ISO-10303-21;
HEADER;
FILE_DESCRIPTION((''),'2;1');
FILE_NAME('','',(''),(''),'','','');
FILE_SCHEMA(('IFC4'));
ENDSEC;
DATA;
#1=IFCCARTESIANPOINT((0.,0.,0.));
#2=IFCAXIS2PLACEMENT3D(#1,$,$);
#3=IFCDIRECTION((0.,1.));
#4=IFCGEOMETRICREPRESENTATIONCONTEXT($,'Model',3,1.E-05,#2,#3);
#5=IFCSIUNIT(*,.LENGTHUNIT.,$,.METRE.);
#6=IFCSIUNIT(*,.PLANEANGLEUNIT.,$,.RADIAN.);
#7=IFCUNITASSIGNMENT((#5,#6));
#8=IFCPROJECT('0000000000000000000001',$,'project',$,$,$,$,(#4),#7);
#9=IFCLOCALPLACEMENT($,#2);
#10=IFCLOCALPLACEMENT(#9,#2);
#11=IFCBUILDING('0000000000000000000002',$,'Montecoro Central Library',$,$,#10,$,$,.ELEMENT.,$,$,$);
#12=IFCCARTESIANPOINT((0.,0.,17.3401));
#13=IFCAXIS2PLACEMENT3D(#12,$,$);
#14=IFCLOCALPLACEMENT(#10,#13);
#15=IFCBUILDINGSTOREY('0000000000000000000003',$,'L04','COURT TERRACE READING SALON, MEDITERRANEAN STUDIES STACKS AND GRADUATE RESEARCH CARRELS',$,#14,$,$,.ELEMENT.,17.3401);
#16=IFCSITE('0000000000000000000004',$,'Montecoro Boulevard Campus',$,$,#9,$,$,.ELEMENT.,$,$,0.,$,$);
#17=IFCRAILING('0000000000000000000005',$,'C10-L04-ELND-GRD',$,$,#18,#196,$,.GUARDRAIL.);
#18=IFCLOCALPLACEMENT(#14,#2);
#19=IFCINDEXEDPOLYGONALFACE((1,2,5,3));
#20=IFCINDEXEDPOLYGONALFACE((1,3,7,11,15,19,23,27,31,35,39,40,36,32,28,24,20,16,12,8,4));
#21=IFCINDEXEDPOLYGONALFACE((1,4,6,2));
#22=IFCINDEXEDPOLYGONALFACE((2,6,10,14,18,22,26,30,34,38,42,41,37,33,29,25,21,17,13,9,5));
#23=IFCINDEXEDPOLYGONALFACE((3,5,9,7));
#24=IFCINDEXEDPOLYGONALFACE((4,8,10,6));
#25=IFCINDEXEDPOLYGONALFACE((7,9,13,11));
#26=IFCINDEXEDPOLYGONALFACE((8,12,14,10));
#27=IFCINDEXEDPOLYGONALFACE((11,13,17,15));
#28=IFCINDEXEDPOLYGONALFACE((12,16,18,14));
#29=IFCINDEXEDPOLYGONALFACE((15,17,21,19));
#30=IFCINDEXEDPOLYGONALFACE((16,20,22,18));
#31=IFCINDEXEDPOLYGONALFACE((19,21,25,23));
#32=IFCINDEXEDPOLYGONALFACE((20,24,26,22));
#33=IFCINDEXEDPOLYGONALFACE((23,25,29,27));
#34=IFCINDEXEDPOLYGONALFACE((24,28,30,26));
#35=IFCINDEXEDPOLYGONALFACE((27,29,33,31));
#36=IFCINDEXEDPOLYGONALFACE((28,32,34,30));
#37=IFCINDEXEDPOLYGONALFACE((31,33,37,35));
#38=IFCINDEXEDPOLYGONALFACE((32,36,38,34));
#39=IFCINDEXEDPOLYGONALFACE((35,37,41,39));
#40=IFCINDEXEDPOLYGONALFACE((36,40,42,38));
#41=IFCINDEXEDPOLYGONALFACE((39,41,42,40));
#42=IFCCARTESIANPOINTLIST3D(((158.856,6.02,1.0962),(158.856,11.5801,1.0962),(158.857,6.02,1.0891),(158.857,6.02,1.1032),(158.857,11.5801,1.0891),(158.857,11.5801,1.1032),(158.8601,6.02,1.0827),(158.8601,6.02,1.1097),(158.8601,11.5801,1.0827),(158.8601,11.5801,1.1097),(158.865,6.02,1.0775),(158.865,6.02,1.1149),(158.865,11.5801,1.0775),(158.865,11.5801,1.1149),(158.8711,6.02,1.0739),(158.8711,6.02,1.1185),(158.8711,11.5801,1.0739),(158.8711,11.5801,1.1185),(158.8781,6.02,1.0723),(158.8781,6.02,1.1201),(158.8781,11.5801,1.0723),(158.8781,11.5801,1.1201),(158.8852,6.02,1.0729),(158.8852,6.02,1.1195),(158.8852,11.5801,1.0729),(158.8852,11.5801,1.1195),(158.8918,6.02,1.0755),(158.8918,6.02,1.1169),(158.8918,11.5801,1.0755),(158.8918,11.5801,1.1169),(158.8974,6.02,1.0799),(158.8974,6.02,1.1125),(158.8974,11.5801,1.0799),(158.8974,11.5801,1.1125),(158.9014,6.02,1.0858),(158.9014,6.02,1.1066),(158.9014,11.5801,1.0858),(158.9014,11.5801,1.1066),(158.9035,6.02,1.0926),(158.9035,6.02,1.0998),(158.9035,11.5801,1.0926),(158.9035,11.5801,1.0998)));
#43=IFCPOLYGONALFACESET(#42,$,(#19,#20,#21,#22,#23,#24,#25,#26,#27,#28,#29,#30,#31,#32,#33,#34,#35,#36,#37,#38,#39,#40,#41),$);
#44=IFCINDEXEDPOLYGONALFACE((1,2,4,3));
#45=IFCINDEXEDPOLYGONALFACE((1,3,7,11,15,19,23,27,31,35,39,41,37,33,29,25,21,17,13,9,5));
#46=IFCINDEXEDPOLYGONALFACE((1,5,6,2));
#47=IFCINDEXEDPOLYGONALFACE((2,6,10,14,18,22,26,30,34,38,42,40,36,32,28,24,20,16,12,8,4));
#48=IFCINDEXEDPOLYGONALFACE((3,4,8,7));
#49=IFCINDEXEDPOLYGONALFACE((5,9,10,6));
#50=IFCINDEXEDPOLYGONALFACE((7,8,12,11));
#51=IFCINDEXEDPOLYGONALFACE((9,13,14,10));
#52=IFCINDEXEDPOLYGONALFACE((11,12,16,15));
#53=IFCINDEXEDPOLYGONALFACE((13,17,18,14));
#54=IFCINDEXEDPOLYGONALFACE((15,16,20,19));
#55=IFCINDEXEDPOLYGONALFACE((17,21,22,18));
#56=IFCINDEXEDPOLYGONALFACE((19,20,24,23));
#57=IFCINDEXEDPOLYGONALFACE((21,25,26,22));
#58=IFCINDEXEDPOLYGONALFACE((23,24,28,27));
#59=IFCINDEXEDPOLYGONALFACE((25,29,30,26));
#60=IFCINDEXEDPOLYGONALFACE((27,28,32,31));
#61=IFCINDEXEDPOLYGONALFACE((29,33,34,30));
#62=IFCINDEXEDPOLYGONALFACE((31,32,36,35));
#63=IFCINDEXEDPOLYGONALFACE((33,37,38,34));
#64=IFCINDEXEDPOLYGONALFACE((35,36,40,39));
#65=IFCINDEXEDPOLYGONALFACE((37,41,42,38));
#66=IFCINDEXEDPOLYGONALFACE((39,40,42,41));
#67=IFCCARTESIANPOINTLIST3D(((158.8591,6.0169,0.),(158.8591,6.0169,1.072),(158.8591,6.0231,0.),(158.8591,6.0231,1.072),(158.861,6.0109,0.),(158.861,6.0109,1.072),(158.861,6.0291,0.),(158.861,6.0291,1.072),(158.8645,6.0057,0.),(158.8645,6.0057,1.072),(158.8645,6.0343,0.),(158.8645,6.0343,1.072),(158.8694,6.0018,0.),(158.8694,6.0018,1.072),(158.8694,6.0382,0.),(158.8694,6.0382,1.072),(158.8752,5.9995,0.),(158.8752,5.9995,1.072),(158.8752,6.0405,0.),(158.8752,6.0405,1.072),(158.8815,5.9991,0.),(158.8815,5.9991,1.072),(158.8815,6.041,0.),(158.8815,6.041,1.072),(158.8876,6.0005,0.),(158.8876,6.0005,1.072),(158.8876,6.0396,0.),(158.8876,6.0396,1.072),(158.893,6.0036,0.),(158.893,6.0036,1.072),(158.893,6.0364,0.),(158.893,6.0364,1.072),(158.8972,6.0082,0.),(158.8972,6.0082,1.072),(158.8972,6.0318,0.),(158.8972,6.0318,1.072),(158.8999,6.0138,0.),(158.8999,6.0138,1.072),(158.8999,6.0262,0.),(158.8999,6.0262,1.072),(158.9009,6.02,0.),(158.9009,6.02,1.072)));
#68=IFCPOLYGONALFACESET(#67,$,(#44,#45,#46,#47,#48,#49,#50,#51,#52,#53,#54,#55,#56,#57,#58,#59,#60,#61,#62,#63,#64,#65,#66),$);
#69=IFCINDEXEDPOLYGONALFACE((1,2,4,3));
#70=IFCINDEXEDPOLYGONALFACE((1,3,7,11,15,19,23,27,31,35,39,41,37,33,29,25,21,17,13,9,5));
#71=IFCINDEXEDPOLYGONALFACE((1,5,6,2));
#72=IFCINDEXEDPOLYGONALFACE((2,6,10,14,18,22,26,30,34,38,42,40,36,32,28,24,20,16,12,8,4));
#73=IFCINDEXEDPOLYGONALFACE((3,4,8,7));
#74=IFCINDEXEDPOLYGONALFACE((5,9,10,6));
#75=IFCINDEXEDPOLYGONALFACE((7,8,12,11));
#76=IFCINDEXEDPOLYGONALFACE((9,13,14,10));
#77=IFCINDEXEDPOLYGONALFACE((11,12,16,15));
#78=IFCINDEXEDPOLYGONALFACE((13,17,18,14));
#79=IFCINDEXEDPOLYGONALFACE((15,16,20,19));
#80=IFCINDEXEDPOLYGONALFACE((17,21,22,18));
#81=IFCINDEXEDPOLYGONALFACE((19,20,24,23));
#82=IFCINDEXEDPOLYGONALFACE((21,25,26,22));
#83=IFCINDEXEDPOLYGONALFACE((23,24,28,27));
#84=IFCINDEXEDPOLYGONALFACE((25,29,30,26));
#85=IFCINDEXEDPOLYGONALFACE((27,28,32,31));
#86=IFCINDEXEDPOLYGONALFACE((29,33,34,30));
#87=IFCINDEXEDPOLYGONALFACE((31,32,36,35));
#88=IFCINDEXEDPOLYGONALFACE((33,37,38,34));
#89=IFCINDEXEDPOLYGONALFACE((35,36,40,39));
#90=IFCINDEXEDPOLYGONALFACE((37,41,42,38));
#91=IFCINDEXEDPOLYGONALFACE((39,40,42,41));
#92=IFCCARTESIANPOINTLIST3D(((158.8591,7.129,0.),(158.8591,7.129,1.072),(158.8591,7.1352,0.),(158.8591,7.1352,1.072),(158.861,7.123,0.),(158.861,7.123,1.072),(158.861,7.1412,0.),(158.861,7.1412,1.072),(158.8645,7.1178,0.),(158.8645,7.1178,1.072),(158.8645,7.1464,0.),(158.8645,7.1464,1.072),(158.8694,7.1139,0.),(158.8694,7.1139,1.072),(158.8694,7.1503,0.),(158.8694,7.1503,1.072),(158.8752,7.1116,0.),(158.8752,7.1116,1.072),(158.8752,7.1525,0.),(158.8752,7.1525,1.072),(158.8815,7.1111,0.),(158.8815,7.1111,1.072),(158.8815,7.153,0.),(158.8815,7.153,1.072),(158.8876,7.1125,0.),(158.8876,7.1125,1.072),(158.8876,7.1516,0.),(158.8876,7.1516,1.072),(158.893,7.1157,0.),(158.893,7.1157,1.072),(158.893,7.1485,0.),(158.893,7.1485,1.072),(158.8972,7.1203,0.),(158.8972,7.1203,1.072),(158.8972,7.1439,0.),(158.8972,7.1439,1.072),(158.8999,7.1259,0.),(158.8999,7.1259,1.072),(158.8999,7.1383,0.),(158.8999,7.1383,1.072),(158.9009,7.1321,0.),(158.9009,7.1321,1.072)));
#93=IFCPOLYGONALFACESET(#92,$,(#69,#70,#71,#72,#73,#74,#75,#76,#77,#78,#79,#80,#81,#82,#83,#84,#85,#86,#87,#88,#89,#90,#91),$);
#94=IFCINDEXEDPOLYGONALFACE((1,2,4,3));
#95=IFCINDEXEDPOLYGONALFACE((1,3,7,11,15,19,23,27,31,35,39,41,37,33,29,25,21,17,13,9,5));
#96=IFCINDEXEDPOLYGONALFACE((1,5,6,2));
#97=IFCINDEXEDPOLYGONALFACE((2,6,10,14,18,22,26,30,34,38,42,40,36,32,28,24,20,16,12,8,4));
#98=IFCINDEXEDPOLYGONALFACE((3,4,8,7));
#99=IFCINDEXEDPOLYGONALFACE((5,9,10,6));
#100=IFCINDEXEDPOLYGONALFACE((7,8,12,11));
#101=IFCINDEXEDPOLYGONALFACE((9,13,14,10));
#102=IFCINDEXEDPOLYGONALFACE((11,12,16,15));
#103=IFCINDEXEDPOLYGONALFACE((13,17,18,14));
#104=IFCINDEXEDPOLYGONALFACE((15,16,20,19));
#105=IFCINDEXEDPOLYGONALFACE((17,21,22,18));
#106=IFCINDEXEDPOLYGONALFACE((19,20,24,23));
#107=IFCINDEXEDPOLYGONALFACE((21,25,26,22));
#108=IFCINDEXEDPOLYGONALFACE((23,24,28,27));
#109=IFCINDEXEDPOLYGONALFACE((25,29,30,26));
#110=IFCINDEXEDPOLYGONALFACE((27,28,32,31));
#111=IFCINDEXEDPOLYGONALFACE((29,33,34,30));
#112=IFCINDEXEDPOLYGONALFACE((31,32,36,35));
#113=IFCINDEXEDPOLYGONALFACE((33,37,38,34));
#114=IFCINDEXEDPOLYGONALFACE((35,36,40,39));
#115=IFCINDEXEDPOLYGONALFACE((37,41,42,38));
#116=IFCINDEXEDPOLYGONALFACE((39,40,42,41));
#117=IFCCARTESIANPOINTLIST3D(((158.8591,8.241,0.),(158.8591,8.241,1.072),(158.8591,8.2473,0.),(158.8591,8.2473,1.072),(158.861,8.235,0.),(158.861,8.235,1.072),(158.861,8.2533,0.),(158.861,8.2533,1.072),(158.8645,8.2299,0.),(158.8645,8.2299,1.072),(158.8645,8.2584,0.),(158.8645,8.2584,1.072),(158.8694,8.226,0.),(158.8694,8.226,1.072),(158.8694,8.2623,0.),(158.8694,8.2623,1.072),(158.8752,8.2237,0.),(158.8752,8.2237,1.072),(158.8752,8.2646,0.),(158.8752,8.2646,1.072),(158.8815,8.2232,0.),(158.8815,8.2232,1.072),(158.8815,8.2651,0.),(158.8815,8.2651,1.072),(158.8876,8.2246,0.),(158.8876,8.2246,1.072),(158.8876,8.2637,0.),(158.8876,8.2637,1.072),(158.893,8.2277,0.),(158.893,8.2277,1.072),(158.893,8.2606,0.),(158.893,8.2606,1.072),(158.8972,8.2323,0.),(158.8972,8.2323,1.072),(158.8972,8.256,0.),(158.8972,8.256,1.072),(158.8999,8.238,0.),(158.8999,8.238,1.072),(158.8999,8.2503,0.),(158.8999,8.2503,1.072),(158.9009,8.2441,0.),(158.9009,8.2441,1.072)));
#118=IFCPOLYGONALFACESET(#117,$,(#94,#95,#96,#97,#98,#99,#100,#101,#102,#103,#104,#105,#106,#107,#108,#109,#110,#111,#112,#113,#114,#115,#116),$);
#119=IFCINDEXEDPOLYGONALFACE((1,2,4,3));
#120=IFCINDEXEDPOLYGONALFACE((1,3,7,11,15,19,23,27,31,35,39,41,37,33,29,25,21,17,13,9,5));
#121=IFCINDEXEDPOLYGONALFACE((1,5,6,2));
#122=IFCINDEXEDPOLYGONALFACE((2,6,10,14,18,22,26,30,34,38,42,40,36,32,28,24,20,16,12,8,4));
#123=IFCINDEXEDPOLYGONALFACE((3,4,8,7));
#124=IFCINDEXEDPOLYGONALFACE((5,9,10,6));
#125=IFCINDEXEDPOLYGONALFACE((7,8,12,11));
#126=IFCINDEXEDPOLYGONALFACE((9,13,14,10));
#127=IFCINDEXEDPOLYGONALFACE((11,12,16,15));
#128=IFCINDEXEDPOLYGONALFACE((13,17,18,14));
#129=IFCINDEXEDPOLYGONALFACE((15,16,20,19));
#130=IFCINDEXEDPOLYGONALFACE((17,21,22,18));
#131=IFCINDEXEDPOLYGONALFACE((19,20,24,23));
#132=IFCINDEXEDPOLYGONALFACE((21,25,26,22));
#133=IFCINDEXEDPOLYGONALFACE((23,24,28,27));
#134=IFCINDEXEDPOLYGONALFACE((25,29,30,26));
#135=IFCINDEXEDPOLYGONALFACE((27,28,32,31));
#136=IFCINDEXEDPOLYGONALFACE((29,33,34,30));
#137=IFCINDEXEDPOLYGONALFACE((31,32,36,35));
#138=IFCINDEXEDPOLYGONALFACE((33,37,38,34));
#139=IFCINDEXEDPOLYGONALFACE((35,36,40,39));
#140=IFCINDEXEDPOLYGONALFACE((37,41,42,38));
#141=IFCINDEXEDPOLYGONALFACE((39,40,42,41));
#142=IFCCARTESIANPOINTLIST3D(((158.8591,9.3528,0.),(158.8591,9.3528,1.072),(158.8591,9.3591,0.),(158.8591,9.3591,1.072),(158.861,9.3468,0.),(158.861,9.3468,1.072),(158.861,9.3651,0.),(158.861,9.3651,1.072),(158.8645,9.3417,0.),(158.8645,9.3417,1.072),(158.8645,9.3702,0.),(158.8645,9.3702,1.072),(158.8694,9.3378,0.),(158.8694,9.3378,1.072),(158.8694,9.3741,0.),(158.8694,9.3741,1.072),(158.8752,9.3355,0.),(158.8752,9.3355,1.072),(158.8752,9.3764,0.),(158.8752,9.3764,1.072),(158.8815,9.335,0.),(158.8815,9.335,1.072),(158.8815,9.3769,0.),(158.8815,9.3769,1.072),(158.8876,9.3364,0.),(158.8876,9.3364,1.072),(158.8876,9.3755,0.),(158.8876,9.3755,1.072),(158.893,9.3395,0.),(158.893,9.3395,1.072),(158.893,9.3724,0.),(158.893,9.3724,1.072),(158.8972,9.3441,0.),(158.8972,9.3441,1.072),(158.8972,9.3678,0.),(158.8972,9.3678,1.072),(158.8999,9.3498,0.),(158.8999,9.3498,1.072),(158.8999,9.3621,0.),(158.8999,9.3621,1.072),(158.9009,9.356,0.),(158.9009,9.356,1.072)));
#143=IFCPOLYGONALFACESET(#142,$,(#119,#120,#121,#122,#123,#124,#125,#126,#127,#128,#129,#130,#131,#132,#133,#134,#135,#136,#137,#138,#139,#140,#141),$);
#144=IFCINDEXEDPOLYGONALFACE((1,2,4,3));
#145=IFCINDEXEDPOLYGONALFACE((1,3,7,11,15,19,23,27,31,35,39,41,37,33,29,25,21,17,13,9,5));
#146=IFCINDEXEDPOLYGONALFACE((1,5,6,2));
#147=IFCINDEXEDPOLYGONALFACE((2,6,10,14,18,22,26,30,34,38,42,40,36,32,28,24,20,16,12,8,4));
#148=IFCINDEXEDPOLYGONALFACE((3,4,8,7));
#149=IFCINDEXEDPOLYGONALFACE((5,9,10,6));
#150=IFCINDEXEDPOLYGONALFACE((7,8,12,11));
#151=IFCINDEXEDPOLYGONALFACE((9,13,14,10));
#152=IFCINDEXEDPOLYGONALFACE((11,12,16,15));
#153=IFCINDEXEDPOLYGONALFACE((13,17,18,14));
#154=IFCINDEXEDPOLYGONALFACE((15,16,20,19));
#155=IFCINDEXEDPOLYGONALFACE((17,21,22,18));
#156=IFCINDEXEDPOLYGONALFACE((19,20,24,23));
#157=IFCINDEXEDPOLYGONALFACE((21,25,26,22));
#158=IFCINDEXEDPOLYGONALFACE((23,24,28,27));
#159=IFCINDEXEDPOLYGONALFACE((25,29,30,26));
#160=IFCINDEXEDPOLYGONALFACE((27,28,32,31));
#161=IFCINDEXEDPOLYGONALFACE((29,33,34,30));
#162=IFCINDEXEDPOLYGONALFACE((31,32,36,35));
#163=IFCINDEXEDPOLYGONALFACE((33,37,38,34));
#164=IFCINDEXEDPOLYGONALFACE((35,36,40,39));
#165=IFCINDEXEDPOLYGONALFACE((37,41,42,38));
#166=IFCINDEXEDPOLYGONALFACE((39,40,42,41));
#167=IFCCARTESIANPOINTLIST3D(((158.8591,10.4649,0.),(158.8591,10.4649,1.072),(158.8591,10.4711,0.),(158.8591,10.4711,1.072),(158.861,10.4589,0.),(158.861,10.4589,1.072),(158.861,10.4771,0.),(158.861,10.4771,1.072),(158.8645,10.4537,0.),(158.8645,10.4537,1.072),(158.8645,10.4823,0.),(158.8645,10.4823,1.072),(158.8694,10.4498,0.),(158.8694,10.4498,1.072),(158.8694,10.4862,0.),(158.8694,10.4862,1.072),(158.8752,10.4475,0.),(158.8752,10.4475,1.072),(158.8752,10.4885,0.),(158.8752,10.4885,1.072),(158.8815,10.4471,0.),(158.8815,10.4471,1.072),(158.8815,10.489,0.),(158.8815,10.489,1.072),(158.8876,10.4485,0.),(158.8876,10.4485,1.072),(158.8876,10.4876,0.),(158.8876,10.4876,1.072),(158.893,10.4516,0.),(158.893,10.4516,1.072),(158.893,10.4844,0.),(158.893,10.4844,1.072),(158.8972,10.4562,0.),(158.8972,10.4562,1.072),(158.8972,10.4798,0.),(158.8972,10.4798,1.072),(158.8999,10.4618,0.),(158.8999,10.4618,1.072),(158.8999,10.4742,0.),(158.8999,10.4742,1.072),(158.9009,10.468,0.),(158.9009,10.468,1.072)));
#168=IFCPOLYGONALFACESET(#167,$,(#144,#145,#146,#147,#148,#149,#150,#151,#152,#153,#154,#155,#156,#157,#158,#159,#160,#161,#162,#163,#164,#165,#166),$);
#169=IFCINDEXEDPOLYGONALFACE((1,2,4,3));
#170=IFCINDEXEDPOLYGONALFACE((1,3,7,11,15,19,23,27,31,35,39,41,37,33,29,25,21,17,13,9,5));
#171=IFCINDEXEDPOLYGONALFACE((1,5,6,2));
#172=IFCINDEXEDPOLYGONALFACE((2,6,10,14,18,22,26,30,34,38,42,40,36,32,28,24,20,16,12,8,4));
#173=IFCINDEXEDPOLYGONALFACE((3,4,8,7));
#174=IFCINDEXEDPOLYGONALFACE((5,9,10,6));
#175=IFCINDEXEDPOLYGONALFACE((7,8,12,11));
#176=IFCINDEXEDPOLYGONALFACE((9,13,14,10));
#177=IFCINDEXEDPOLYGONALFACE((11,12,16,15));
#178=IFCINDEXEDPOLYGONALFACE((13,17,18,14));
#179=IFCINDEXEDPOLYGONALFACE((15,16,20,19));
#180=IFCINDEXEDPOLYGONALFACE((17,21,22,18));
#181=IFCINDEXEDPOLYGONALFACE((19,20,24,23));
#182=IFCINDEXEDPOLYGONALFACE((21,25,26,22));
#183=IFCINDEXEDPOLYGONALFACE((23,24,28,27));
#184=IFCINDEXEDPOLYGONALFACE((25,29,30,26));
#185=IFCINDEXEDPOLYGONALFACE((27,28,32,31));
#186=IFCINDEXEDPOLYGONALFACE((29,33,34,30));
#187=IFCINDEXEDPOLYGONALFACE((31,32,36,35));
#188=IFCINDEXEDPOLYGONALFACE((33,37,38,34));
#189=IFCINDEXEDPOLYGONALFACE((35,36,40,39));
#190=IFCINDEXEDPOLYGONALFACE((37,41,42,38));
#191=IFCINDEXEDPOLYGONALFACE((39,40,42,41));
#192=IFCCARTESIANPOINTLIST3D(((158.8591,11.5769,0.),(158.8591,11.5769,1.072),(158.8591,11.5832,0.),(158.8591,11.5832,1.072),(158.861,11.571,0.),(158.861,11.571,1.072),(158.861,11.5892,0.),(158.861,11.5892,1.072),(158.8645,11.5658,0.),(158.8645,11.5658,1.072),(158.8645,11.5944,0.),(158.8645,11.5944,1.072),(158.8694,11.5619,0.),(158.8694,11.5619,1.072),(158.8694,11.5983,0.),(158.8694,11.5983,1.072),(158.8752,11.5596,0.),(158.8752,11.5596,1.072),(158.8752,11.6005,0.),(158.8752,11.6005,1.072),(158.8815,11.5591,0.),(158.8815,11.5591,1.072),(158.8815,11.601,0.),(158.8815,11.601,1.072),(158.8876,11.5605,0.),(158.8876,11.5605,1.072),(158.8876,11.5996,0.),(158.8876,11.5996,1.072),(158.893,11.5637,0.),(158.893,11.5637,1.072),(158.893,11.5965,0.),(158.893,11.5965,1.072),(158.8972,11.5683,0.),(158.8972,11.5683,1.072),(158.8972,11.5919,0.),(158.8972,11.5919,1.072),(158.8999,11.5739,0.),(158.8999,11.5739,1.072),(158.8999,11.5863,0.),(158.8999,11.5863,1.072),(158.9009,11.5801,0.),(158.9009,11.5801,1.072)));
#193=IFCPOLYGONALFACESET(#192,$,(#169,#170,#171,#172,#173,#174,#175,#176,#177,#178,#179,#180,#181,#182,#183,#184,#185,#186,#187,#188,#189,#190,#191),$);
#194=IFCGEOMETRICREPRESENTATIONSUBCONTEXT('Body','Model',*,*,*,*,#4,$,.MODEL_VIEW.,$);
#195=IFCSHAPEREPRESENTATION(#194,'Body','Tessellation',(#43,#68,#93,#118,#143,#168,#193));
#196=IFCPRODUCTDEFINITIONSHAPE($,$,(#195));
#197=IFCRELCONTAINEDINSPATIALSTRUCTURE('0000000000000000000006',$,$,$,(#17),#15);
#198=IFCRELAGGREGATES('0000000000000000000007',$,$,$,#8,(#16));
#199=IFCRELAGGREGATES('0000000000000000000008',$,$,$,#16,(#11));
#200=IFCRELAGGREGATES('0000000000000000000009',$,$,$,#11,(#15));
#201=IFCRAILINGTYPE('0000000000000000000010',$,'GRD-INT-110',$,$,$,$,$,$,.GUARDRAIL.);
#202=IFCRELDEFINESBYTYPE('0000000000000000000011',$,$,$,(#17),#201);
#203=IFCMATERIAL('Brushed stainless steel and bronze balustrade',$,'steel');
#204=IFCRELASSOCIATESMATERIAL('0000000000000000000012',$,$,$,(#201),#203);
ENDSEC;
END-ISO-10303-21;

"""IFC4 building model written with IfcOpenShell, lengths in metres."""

from ifc_helpers import new_model, si_unit, direction, frame, origin, origin_2d, place, context, subcontext, project, spatial, circle, extrude, material, type_object, element, save


model = new_model("IFC4")

# Units and contexts
model_context = context("Model", 3, precision=1e-05, world=origin(), true_north=direction((0.0, 1.0)))
body_context = subcontext(model_context, "Body", "Model", "MODEL_VIEW")
ifc_project = project(units=[si_unit("LENGTHUNIT", "METRE"), si_unit("PLANEANGLEUNIT", "RADIAN")], contexts=[model_context])

# Site, building, storey
site_placement = place(None, origin())
site = spatial("IfcSite", under=ifc_project, at=site_placement, Name="Montecoro Boulevard Campus", CompositionType="ELEMENT", RefElevation=0.0)
building_placement = place(site_placement, origin())
building = spatial("IfcBuilding", under=site, at=building_placement, Name="Montecoro Central Library", CompositionType="ELEMENT")
storey_placement = place(building_placement, frame((0.0, 0.0, 17.3401)))
storey = spatial("IfcBuildingStorey", under=building, at=storey_placement, Name="L04", Description="COURT TERRACE READING SALON, MEDITERRANEAN STUDIES STACKS AND GRADUATE RESEARCH CARRELS", CompositionType="ELEMENT", Elevation=17.3401)

# Railing
ifc_material_1 = material(Name="Brushed stainless steel and bronze balustrade", Category="steel")
railing_type = type_object("IfcRailingType", Name="GRD-INT-110", PredefinedType="GUARDRAIL", material=ifc_material_1)
railing_placement = place(storey_placement, frame((158.8799, 6.02, 0.0)))
element("IfcRailing", 1, at=railing_placement, inside=storey, type_object=railing_type, Name="C10-L04-ELND-GRD", PredefinedType="GUARDRAIL", context=body_context, shape_type="SweptSolid", body=[
    extrude(circle(Radius=0.0239, at=origin_2d()), frame((0.0, 0.0, 1.0962), z_axis=(0.0, 1.0, 0.0), x_axis=(-1.0, 0.0, 0.0)), (0.0, 0.0, 1.0), 5.5601),
    extrude(circle(Radius=0.021, at=origin_2d()), origin(), (0.0, 0.0, 1.0), 1.072),
    extrude(circle(Radius=0.021, at=origin_2d()), frame((0.0, 1.1121, 0.0)), (0.0, 0.0, 1.0), 1.072),
    extrude(circle(Radius=0.021, at=origin_2d()), frame((0.0, 2.2241, 0.0)), (0.0, 0.0, 1.0), 1.072),
    extrude(circle(Radius=0.021, at=origin_2d()), frame((0.0, 3.3359, 0.0)), (0.0, 0.0, 1.0), 1.072),
    extrude(circle(Radius=0.021, at=origin_2d()), frame((0.0, 4.448, 0.0)), (0.0, 0.0, 1.0), 1.072),
    extrude(circle(Radius=0.021, at=origin_2d()), frame((0.0, 5.5601, 0.0)), (0.0, 0.0, 1.0), 1.072),
])

save(model, "model.ifc")
